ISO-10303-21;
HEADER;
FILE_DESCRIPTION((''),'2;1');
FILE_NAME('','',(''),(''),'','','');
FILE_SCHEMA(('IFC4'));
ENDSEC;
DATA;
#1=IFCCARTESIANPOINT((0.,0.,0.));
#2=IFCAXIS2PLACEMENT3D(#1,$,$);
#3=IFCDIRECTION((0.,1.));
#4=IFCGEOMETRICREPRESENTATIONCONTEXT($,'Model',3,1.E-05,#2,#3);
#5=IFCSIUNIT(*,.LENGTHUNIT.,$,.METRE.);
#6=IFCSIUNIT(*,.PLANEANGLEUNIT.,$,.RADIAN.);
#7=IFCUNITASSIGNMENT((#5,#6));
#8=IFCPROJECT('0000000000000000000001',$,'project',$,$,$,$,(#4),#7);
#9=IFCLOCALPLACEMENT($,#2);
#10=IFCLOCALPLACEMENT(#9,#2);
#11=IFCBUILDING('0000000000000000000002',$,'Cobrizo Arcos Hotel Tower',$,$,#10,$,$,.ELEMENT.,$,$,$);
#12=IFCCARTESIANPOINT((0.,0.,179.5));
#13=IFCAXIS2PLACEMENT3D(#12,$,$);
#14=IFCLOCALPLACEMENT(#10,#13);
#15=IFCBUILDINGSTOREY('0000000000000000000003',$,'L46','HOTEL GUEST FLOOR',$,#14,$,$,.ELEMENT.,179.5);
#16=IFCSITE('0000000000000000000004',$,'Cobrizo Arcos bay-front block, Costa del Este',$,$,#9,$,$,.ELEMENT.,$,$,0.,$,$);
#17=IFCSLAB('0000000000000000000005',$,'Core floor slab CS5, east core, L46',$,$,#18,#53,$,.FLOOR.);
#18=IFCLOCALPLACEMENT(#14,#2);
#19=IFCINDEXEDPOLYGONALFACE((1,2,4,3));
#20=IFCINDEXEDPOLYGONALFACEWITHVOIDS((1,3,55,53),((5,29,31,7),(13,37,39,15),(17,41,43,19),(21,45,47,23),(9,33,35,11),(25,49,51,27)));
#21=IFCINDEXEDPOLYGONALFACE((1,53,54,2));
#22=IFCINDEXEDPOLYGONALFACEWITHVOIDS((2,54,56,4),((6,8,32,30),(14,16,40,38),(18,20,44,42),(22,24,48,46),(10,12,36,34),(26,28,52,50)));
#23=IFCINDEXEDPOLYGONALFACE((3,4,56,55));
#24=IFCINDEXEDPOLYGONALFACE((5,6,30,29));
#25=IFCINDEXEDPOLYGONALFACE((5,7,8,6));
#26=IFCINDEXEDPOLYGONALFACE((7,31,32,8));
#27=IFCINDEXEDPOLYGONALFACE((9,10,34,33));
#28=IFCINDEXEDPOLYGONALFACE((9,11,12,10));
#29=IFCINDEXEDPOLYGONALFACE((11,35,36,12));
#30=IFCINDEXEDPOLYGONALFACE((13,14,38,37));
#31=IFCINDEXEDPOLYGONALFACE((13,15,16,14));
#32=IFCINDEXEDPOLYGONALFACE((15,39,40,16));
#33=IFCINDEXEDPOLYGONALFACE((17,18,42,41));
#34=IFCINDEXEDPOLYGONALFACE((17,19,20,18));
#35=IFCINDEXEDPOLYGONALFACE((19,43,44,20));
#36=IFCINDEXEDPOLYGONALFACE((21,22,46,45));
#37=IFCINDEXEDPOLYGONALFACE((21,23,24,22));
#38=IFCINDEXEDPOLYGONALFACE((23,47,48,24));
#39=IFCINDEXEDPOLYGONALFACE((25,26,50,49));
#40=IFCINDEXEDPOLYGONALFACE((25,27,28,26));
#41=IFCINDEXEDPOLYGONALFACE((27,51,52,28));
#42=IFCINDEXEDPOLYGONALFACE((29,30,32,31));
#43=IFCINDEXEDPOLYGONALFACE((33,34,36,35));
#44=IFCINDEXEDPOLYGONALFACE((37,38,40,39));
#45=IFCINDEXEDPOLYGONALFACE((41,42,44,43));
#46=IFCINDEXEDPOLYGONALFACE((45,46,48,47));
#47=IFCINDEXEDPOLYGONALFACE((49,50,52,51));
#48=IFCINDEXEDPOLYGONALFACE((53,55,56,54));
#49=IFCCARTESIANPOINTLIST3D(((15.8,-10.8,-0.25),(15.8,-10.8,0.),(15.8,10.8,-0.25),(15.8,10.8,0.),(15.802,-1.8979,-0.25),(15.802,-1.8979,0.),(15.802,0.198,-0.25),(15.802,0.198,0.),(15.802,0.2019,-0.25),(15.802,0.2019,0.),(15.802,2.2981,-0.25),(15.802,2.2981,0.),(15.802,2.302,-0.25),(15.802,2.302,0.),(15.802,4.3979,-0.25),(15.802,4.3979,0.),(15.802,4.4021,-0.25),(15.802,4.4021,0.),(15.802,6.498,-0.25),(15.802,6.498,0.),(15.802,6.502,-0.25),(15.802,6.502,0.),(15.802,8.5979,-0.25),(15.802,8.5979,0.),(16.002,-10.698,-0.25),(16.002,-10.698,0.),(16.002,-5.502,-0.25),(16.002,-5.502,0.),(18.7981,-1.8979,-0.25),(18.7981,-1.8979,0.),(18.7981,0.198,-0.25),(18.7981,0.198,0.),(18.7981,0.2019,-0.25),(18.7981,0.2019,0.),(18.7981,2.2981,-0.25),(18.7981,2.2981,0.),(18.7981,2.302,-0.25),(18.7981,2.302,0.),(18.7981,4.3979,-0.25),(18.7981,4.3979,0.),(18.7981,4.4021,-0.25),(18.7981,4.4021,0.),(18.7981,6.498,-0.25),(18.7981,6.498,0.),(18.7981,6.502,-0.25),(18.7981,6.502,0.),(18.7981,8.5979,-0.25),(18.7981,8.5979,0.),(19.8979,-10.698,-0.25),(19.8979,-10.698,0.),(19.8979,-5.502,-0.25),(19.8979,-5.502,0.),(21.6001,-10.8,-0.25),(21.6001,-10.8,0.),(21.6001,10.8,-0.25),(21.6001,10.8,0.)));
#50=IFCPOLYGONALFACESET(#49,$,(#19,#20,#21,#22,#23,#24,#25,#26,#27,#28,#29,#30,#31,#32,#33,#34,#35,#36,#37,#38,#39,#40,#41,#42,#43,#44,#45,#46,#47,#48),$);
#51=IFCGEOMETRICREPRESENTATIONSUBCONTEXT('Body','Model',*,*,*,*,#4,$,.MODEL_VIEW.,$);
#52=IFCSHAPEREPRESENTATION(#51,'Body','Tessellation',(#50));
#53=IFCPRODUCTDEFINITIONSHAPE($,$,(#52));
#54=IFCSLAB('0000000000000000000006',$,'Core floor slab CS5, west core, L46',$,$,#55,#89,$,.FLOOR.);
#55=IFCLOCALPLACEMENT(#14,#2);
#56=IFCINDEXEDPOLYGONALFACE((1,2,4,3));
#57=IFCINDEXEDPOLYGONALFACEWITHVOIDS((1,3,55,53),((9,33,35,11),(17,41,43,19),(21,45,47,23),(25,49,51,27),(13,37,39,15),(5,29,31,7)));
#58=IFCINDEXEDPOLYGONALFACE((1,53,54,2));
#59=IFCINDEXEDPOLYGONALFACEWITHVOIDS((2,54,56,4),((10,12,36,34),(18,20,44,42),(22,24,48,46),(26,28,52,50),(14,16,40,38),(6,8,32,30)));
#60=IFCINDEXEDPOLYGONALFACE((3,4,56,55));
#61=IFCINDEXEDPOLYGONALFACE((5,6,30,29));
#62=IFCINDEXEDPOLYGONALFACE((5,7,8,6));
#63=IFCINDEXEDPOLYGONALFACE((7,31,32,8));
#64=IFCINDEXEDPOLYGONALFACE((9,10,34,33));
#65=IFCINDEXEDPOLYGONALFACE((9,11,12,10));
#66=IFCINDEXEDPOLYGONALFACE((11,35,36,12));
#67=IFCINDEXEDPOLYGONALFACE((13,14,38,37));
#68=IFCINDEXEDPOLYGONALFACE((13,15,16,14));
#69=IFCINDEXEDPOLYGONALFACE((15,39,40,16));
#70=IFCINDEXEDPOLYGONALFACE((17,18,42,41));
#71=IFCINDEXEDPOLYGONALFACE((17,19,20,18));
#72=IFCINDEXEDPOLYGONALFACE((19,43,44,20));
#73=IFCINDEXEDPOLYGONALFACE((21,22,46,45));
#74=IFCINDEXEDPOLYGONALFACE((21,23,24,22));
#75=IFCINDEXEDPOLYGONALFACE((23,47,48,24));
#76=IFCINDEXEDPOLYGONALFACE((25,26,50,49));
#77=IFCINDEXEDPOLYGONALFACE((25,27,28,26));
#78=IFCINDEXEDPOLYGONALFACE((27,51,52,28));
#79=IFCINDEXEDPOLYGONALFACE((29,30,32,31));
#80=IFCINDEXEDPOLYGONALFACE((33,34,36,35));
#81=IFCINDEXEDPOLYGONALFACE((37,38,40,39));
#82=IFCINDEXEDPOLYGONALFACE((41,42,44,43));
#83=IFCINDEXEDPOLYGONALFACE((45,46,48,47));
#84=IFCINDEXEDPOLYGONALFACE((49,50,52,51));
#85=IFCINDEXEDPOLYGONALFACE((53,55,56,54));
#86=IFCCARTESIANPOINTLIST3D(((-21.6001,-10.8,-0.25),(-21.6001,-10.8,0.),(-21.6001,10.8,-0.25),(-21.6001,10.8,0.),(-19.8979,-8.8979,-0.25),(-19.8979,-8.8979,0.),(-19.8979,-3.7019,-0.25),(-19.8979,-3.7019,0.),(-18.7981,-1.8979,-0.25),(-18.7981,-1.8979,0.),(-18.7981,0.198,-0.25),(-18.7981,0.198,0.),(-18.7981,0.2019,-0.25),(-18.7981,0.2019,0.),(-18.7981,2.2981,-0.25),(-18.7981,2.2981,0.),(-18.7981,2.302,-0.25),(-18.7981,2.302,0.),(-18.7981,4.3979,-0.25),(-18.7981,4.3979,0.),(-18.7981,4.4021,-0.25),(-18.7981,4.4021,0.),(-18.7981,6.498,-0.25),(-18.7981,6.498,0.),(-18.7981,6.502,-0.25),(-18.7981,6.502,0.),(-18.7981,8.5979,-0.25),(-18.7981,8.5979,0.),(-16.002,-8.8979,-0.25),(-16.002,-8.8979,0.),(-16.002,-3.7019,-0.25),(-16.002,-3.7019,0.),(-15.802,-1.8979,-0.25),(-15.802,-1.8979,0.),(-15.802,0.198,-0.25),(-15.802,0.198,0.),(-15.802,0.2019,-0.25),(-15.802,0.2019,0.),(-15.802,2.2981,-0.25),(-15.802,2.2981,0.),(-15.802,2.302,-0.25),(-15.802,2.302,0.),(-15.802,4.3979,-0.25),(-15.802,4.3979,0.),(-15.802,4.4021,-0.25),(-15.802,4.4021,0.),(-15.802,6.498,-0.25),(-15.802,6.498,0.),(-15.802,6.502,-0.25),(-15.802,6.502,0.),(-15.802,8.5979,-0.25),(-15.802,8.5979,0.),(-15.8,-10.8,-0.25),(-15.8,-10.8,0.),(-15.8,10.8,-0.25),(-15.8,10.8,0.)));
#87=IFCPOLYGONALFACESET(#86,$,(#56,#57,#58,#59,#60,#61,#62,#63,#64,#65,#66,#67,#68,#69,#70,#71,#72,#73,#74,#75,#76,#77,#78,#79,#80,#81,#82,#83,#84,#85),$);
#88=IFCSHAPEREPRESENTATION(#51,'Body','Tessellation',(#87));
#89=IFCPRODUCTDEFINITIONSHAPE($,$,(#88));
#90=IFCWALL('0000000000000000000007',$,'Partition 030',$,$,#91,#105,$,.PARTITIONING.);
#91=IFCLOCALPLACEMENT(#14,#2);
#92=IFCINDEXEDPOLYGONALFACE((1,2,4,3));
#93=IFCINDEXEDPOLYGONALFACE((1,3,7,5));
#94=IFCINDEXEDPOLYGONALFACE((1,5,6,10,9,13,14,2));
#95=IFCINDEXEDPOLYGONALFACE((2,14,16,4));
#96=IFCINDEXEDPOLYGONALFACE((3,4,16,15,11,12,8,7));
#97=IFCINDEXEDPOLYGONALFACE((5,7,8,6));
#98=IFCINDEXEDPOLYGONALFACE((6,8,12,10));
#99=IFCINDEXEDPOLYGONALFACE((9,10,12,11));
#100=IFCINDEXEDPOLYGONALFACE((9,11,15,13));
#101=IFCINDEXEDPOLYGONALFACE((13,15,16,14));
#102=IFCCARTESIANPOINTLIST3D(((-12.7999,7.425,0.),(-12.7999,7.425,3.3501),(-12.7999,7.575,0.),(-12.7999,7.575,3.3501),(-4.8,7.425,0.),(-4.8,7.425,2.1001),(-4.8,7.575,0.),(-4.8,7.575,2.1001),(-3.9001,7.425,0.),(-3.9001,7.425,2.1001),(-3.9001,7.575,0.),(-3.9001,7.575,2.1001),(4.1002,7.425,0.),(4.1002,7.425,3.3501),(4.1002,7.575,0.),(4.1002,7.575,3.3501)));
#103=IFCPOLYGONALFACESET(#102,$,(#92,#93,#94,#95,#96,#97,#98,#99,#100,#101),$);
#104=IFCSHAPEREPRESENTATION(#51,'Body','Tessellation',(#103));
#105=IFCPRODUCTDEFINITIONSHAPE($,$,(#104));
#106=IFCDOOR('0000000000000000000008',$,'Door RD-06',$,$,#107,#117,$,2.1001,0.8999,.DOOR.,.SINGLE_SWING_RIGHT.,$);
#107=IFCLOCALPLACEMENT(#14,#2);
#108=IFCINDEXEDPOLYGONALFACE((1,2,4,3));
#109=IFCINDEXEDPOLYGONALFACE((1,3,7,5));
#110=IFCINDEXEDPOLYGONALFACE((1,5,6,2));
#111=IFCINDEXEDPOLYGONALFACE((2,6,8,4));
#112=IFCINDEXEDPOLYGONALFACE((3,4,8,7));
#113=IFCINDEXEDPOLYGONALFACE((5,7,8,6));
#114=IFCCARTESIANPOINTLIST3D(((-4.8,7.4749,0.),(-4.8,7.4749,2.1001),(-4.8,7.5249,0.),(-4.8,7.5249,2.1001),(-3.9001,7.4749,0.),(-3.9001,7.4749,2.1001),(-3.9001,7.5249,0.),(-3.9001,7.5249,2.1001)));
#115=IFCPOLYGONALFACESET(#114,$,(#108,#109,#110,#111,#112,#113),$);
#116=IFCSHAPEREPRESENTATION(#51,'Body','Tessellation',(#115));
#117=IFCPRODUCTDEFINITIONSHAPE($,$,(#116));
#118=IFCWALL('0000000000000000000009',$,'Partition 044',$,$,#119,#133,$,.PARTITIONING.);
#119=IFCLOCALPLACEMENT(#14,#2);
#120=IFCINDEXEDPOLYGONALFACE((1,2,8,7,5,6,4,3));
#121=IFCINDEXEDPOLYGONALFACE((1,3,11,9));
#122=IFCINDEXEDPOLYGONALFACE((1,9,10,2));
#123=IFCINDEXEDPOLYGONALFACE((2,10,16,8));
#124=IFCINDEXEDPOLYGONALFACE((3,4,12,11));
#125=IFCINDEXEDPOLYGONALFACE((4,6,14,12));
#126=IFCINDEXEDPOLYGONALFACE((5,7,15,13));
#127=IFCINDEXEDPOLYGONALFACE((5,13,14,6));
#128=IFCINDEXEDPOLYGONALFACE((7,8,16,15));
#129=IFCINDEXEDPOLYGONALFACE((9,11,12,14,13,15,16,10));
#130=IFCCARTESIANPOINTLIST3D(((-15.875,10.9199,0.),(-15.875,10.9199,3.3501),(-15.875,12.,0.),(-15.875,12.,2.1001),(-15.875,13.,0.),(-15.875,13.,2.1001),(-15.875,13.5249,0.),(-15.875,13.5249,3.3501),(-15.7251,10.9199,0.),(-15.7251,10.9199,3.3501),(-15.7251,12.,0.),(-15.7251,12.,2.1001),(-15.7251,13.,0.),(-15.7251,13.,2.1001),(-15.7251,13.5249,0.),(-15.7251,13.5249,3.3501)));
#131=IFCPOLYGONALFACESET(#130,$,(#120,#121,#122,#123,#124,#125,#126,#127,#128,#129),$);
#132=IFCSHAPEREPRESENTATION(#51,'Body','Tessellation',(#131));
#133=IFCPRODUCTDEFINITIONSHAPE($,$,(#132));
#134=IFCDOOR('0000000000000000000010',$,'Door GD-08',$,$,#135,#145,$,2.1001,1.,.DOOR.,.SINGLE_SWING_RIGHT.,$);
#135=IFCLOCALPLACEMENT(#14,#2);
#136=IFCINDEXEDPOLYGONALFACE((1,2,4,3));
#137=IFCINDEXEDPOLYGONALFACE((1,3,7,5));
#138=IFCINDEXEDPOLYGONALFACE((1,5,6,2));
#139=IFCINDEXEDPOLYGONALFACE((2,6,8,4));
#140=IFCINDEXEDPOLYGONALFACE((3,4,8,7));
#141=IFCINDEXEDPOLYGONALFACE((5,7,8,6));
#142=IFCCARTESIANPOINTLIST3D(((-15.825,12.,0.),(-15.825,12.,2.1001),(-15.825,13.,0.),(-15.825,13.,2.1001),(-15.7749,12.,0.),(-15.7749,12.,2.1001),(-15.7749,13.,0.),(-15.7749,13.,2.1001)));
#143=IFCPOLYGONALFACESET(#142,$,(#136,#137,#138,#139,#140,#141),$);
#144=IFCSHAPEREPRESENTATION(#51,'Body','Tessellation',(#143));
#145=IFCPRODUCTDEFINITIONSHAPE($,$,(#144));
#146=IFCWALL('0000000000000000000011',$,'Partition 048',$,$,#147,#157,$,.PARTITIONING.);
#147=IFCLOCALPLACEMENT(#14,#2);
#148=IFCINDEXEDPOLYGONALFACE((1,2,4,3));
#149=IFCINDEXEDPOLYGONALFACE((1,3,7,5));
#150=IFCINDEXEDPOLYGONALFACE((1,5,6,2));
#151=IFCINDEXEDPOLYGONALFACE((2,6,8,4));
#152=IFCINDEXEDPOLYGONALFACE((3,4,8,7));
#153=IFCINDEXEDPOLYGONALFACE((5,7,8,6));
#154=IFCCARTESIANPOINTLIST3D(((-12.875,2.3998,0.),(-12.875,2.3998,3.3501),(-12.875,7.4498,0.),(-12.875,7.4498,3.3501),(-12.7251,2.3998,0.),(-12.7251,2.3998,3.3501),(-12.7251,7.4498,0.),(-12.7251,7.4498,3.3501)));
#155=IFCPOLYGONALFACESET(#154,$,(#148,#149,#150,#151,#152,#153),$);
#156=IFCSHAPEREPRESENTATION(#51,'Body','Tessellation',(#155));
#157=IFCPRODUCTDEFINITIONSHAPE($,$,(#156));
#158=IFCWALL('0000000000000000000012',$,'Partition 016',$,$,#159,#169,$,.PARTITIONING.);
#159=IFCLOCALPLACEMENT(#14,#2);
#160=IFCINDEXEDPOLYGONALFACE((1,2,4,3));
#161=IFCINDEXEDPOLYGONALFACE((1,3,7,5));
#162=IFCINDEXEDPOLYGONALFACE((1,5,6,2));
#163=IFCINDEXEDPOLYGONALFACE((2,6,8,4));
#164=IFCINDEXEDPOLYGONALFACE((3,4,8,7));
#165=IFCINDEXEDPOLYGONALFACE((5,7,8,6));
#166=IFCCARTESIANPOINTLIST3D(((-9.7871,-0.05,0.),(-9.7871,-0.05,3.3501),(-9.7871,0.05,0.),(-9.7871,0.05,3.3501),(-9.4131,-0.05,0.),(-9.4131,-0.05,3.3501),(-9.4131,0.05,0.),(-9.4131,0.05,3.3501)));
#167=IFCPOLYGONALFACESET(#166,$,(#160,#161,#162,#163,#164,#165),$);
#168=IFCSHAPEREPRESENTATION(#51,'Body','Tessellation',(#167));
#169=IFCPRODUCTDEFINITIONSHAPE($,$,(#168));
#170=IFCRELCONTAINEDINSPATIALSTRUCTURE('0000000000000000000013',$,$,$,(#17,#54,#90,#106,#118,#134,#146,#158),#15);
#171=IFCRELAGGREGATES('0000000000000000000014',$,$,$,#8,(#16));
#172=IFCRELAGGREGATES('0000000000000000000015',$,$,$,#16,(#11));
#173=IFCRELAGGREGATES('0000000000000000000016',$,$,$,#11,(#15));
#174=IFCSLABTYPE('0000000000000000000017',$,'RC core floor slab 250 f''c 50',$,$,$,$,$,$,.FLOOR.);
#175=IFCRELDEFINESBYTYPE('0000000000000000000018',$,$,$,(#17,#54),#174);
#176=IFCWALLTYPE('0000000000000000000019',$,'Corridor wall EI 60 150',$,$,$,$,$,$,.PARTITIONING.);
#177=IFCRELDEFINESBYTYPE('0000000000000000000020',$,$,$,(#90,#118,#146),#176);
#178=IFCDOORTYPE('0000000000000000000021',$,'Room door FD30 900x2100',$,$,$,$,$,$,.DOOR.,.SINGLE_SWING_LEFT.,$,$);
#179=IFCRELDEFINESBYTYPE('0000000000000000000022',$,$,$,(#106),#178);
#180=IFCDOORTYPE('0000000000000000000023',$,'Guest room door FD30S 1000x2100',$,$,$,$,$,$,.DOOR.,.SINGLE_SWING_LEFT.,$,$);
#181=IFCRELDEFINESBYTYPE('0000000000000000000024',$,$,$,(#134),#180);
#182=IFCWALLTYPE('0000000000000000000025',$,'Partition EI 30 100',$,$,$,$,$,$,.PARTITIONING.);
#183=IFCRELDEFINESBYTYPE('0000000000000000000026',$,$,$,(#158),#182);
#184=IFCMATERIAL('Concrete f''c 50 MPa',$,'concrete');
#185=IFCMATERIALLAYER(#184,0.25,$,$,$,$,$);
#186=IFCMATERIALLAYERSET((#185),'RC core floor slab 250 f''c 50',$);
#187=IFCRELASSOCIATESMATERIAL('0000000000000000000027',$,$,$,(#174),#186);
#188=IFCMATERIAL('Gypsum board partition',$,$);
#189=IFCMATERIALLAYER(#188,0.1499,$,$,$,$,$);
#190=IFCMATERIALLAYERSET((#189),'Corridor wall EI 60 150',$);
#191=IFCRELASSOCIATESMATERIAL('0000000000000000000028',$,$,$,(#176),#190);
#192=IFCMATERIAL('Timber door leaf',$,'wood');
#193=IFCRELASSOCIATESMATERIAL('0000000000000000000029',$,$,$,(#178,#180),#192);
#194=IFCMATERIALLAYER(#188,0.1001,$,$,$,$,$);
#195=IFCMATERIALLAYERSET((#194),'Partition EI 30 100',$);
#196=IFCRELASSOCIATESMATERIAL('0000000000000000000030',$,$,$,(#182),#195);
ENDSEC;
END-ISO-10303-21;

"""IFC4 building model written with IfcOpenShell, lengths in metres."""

from ifc_helpers import new_model, si_unit, direction, frame, frame_2d, origin, place, context, subcontext, project, spatial, polyline, rectangle, outline, extrude, material, layer, layer_set, type_object, element, fill, save


model = new_model("IFC4")

# Units and contexts
model_context = context("Model", 3, precision=1e-05, world=origin(), true_north=direction((0.0, 1.0)))
body_context = subcontext(model_context, "Body", "Model", "MODEL_VIEW")
ifc_project = project(units=[si_unit("LENGTHUNIT", "METRE"), si_unit("PLANEANGLEUNIT", "RADIAN")], contexts=[model_context])

# Site, building, storey
site_placement = place(None, origin())
site = spatial("IfcSite", under=ifc_project, at=site_placement, Name="Cobrizo Arcos bay-front block, Costa del Este", CompositionType="ELEMENT", RefElevation=0.0)
building_placement = place(site_placement, origin())
building = spatial("IfcBuilding", under=site, at=building_placement, Name="Cobrizo Arcos Hotel Tower", CompositionType="ELEMENT")
storey_placement = place(building_placement, frame((0.0, 0.0, 179.5)))
storey = spatial("IfcBuildingStorey", under=building, at=storey_placement, Name="L46", Description="HOTEL GUEST FLOOR", CompositionType="ELEMENT", Elevation=179.5)

# Slabs
ifc_material_1 = material(Name="Concrete f'c 50 MPa", Category="concrete")
ifc_layer_1 = layer(ifc_material_1, 0.25)
ifc_layer_set_1 = layer_set([ifc_layer_1], Name="RC core floor slab 250 f'c 50")
slab_type_1 = type_object("IfcSlabType", Name="RC core floor slab 250 f'c 50", PredefinedType="FLOOR", material=ifc_layer_set_1)
slab_1_placement = place(storey_placement, frame((0.0, 0.0, -0.25)))
element("IfcSlab", 1, at=slab_1_placement, inside=storey, type_object=slab_type_1, Name="Core floor slab CS5, east core, L46", PredefinedType="FLOOR", context=body_context, shape_type="SweptSolid", body=[
    extrude(outline(polyline([(15.8, 10.8), (21.6001, 10.8), (21.6001, -10.8), (15.8, -10.8), (15.8, 10.8)]), holes=[polyline([(19.8979, -10.698), (19.8979, -5.502), (16.002, -5.502), (16.002, -10.698), (19.8979, -10.698)]), polyline([(15.802, 0.198), (15.802, -1.8979), (18.7981, -1.8979), (18.7981, 0.198), (15.802, 0.198)]), polyline([(15.802, 2.2981), (15.802, 0.2019), (18.7981, 0.2019), (18.7981, 2.2981), (15.802, 2.2981)]), polyline([(15.802, 4.3979), (15.802, 2.302), (18.7981, 2.302), (18.7981, 4.3979), (15.802, 4.3979)]), polyline([(18.7981, 6.498), (15.802, 6.498), (15.802, 4.4021), (18.7981, 4.4021), (18.7981, 6.498)]), polyline([(18.7981, 8.5979), (15.802, 8.5979), (15.802, 6.502), (18.7981, 6.502), (18.7981, 8.5979)])]), origin(), (0.0, 0.0, 1.0), 0.25),
])
slab_2_placement = place(storey_placement, frame((0.0, 0.0, -0.25)))
element("IfcSlab", 2, at=slab_2_placement, inside=storey, type_object=slab_type_1, Name="Core floor slab CS5, west core, L46", PredefinedType="FLOOR", context=body_context, shape_type="SweptSolid", body=[
    extrude(outline(polyline([(-21.6001, 10.8), (-15.8, 10.8), (-15.8, -10.8), (-21.6001, -10.8), (-21.6001, 10.8)]), holes=[polyline([(-19.8979, -3.7019), (-19.8979, -8.8979), (-16.002, -8.8979), (-16.002, -3.7019), (-19.8979, -3.7019)]), polyline([(-18.7981, 0.198), (-18.7981, -1.8979), (-15.802, -1.8979), (-15.802, 0.198), (-18.7981, 0.198)]), polyline([(-18.7981, 2.2981), (-18.7981, 0.2019), (-15.802, 0.2019), (-15.802, 2.2981), (-18.7981, 2.2981)]), polyline([(-18.7981, 4.3979), (-18.7981, 2.302), (-15.802, 2.302), (-15.802, 4.3979), (-18.7981, 4.3979)]), polyline([(-15.802, 6.498), (-18.7981, 6.498), (-18.7981, 4.4021), (-15.802, 4.4021), (-15.802, 6.498)]), polyline([(-15.802, 8.5979), (-18.7981, 8.5979), (-18.7981, 6.502), (-15.802, 6.502), (-15.802, 8.5979)])]), origin(), (0.0, 0.0, 1.0), 0.25),
])

# Walls, openings, doors
ifc_material_2 = material(Name="Gypsum board partition")
ifc_layer_2 = layer(ifc_material_2, 0.1499)
ifc_layer_set_2 = layer_set([ifc_layer_2], Name="Corridor wall EI 60 150")
wall_type_1 = type_object("IfcWallType", Name="Corridor wall EI 60 150", PredefinedType="PARTITIONING", material=ifc_layer_set_2)
wall_1_placement = place(storey_placement, frame((-12.8, 7.5, 0.0), z_axis=(0.0, 0.0, 1.0), x_axis=(1.0, 0.0, 0.0)))
wall_1 = element("IfcWall", 3, at=wall_1_placement, inside=storey, type_object=wall_type_1, Name="Partition 030", PredefinedType="PARTITIONING", context=body_context, shape_type="SweptSolid", body=[
    extrude(rectangle(XDim=16.9001, YDim=0.1499, at=frame_2d((8.4502, 0.0))), origin(), (0.0, 0.0, 1.0), 3.3501),
])
opening_1_placement = place(wall_1_placement, frame((8.0, 0.0, 0.0)))
opening_1 = element("IfcOpeningElement", 4, at=opening_1_placement, cuts=wall_1, PredefinedType="OPENING", context=body_context, shape_type="SweptSolid", body=[
    extrude(rectangle(XDim=0.8999, YDim=2.1001, at=frame_2d((0.45, 1.05))), frame((0.0, 0.0869, 0.0), z_axis=(0.0, -1.0, 0.0), x_axis=(1.0, 0.0, 0.0)), (0.0, 0.0, 1.0), 0.1738),
])
ifc_material_3 = material(Name="Timber door leaf", Category="wood")
door_type_1 = type_object("IfcDoorType", Name="Room door FD30 900x2100", OperationType="SINGLE_SWING_LEFT", PredefinedType="DOOR", material=ifc_material_3)
door_1_placement = place(opening_1_placement, origin())
door_1 = element("IfcDoor", 5, at=door_1_placement, inside=storey, type_object=door_type_1, Name="Door RD-06", OperationType="SINGLE_SWING_RIGHT", OverallHeight=2.1001, OverallWidth=0.8999, PredefinedType="DOOR", context=body_context, shape_type="SweptSolid", body=[
    extrude(rectangle(XDim=0.8999, YDim=2.1001, at=frame_2d((0.45, 1.05))), frame((0.0, 0.0249, 0.0), z_axis=(0.0, -1.0, 0.0), x_axis=(1.0, 0.0, 0.0)), (0.0, 0.0, 1.0), 0.05),
])
fill(opening_1, door_1)
wall_2_placement = place(storey_placement, frame((-15.8, 10.9199, 0.0), z_axis=(0.0, 0.0, 1.0), x_axis=(0.0, 1.0, 0.0)))
wall_2 = element("IfcWall", 6, at=wall_2_placement, inside=storey, type_object=wall_type_1, Name="Partition 044", PredefinedType="PARTITIONING", context=body_context, shape_type="SweptSolid", body=[
    extrude(rectangle(XDim=2.605, YDim=0.1499, at=frame_2d((1.3025, 0.0))), origin(), (0.0, 0.0, 1.0), 3.3501),
])
opening_2_placement = place(wall_2_placement, frame((1.0801, 0.0, 0.0)))
opening_2 = element("IfcOpeningElement", 7, at=opening_2_placement, cuts=wall_2, PredefinedType="OPENING", context=body_context, shape_type="SweptSolid", body=[
    extrude(rectangle(XDim=1.0, YDim=2.1001, at=frame_2d((0.5, 1.05))), frame((0.0, 0.0869, 0.0), z_axis=(0.0, -1.0, 0.0), x_axis=(1.0, 0.0, 0.0)), (0.0, 0.0, 1.0), 0.1738),
])
door_type_2 = type_object("IfcDoorType", Name="Guest room door FD30S 1000x2100", OperationType="SINGLE_SWING_LEFT", PredefinedType="DOOR", material=ifc_material_3)
door_2_placement = place(opening_2_placement, origin())
door_2 = element("IfcDoor", 8, at=door_2_placement, inside=storey, type_object=door_type_2, Name="Door GD-08", OperationType="SINGLE_SWING_RIGHT", OverallHeight=2.1001, OverallWidth=1.0, PredefinedType="DOOR", context=body_context, shape_type="SweptSolid", body=[
    extrude(rectangle(XDim=1.0, YDim=2.1001, at=frame_2d((0.5, 1.05))), frame((0.0, 0.0249, 0.0), z_axis=(0.0, -1.0, 0.0), x_axis=(1.0, 0.0, 0.0)), (0.0, 0.0, 1.0), 0.05),
])
fill(opening_2, door_2)

# Walls
wall_3_placement = place(storey_placement, frame((-12.8, 2.3999, 0.0), z_axis=(0.0, 0.0, 1.0), x_axis=(0.0, 1.0, 0.0)))
element("IfcWall", 9, at=wall_3_placement, inside=storey, type_object=wall_type_1, Name="Partition 048", PredefinedType="PARTITIONING", context=body_context, shape_type="SweptSolid", body=[
    extrude(rectangle(XDim=5.05, YDim=0.1499, at=frame_2d((2.5249, 0.0))), origin(), (0.0, 0.0, 1.0), 3.3501),
])
ifc_layer_3 = layer(ifc_material_2, 0.1001)
ifc_layer_set_3 = layer_set([ifc_layer_3], Name="Partition EI 30 100")
wall_type_2 = type_object("IfcWallType", Name="Partition EI 30 100", PredefinedType="PARTITIONING", material=ifc_layer_set_3)
wall_4_placement = place(storey_placement, frame((-9.7871, 0.0, 0.0), z_axis=(0.0, 0.0, 1.0), x_axis=(1.0, 0.0, 0.0)))
element("IfcWall", 10, at=wall_4_placement, inside=storey, type_object=wall_type_2, Name="Partition 016", PredefinedType="PARTITIONING", context=body_context, shape_type="SweptSolid", body=[
    extrude(rectangle(XDim=0.374, YDim=0.1001, at=frame_2d((0.187, 0.0))), origin(), (0.0, 0.0, 1.0), 3.3501),
])

save(model, "model.ifc")
